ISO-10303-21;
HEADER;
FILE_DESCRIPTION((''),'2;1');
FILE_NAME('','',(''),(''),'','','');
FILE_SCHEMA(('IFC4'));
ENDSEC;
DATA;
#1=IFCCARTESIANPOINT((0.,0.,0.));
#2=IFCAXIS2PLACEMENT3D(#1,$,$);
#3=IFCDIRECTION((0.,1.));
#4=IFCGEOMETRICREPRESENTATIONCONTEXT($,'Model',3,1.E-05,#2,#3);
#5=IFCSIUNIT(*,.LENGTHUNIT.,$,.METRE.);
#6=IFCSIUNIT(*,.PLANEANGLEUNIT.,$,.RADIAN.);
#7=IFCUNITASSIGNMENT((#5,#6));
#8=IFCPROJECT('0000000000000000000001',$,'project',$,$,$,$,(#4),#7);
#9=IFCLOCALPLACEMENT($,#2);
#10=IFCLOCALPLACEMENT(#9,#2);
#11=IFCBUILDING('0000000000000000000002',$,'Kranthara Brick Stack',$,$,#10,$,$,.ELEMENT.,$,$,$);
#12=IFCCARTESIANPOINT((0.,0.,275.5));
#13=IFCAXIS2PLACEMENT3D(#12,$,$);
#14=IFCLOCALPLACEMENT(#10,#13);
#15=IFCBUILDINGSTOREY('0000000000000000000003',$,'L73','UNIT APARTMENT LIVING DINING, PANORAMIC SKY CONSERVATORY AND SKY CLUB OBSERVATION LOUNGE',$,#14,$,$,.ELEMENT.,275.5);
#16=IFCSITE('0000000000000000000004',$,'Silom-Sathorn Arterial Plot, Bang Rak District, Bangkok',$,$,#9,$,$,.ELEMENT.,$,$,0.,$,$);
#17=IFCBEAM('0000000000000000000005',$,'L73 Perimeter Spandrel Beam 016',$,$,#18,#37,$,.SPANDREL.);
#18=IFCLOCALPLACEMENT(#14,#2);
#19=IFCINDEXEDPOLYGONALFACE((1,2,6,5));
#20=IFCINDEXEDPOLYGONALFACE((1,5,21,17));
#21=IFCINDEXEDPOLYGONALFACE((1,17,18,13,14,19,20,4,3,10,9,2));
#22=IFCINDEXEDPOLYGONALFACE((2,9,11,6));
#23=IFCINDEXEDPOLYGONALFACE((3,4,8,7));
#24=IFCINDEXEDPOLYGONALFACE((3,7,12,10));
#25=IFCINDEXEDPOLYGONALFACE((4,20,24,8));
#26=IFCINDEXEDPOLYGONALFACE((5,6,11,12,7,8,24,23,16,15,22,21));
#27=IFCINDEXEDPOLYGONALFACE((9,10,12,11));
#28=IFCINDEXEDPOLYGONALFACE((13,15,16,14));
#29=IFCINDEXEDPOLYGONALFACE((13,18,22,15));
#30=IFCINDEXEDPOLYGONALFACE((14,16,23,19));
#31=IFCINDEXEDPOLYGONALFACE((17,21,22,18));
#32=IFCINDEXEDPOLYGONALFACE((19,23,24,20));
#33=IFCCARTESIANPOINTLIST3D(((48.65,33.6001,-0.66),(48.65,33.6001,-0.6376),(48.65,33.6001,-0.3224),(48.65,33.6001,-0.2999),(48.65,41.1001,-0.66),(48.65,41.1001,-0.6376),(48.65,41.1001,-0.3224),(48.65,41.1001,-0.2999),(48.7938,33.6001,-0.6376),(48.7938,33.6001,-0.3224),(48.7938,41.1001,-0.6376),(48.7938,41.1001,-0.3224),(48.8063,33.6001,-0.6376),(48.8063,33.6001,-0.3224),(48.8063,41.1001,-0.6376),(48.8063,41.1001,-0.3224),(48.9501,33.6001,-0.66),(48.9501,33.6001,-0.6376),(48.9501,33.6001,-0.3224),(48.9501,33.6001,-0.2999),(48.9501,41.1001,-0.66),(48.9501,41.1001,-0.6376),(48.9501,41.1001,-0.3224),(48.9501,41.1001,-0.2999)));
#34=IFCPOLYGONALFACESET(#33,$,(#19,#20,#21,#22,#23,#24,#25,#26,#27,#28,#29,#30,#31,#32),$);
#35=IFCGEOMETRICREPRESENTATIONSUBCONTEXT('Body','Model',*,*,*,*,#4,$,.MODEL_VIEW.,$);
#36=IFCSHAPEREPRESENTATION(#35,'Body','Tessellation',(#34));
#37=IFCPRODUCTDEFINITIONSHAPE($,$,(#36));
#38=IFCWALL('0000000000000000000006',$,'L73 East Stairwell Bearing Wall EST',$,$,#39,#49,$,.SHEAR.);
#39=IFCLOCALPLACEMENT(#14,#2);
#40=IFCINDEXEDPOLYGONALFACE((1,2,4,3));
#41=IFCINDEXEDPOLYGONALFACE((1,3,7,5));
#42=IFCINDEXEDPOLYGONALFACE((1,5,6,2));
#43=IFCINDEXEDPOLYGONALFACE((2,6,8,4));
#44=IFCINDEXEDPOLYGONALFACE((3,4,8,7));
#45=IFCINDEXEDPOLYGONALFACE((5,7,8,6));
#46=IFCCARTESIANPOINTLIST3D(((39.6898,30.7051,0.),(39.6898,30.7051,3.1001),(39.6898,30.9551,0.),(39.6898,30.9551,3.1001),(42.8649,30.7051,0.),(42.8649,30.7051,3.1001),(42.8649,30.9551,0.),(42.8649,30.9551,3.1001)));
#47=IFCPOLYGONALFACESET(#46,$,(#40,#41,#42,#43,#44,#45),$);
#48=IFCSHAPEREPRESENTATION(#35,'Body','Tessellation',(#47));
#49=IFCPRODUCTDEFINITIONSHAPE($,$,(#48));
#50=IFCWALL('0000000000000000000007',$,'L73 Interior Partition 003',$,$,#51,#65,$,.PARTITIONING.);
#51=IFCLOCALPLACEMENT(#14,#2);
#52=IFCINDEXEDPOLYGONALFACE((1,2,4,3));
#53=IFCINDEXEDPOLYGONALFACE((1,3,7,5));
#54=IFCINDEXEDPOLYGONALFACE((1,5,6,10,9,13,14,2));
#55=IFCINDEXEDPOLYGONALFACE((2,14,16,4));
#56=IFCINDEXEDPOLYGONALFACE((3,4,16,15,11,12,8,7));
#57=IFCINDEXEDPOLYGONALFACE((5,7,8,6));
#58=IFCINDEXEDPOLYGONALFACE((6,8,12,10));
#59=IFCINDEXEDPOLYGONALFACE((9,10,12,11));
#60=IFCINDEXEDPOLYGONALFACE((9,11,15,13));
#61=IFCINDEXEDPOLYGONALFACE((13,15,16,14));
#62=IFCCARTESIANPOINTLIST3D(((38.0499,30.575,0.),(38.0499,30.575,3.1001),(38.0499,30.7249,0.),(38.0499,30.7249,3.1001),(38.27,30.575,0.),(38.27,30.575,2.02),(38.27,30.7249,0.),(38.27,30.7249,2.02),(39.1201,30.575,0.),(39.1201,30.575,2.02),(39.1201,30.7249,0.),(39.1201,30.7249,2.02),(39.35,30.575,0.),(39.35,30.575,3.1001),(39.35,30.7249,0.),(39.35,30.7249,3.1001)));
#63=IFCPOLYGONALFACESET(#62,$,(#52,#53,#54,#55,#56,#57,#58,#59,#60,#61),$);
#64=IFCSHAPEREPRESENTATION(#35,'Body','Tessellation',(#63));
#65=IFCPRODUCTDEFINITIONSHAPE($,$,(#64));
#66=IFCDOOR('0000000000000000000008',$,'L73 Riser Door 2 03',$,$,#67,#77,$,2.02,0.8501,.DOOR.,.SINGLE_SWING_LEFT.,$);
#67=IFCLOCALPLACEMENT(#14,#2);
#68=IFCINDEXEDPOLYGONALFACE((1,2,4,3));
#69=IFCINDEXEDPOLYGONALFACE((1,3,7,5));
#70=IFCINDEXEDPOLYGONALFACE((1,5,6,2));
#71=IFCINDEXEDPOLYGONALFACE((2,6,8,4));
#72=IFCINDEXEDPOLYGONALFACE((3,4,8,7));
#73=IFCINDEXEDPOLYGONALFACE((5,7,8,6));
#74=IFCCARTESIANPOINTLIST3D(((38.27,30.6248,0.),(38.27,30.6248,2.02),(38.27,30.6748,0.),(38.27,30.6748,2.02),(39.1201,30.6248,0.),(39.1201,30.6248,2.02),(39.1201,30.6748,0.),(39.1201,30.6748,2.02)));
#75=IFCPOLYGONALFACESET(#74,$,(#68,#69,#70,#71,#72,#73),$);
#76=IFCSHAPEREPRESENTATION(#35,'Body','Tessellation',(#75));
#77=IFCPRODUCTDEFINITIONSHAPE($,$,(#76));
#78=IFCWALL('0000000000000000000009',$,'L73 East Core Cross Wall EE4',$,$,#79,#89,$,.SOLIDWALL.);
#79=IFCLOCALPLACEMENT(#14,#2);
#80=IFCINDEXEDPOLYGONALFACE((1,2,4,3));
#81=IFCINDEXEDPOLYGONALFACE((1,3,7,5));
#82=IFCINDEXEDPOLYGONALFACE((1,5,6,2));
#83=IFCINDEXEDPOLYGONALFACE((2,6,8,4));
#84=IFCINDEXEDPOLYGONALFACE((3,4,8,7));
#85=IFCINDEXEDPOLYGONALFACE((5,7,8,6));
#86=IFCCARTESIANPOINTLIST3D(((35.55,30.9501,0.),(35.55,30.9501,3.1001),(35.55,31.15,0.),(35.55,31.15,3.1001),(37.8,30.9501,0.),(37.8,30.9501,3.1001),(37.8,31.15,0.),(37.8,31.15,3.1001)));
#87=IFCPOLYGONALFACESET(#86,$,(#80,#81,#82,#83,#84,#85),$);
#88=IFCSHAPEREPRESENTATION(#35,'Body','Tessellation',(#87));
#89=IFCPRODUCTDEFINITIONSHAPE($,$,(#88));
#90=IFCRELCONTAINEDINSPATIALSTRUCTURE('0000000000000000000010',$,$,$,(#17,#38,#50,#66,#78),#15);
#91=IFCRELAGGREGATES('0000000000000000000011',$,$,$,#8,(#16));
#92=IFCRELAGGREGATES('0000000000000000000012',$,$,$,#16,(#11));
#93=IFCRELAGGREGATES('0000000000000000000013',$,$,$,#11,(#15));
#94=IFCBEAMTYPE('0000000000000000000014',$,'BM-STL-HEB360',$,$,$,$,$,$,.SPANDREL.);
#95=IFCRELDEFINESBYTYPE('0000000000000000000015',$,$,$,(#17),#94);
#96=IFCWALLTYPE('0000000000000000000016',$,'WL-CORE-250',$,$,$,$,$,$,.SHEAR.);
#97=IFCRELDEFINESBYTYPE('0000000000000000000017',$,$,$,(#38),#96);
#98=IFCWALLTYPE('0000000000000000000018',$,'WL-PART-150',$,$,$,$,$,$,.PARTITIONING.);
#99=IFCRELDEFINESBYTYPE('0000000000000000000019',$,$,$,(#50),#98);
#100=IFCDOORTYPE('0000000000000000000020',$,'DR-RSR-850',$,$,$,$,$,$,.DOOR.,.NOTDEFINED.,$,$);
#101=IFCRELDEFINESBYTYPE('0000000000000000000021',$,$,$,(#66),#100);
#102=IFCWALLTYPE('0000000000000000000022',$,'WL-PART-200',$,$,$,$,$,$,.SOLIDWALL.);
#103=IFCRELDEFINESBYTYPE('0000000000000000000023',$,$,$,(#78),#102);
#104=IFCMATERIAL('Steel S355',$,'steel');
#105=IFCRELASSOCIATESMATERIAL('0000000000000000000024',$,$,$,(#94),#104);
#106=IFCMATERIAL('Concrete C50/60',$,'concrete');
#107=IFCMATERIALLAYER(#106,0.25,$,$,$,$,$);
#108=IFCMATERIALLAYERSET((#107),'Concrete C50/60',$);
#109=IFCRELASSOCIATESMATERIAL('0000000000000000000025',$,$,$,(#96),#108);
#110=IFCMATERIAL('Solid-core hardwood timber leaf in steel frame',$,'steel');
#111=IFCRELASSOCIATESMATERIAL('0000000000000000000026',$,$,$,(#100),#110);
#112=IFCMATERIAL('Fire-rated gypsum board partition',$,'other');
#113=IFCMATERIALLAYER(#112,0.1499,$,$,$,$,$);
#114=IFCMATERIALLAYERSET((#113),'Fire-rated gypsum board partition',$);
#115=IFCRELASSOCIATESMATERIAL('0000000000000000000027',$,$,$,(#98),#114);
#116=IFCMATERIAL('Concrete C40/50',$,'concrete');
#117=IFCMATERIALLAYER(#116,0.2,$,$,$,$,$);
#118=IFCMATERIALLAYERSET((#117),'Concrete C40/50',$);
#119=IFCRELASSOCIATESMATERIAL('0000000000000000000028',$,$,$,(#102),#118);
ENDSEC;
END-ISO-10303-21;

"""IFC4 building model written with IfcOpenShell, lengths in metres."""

from ifc_helpers import new_model, si_unit, direction, frame, frame_2d, origin, origin_2d, place, context, subcontext, project, spatial, rectangle, i_section, extrude, material, layer, layer_set, material_profile, profile_set, type_object, element, fill, save


model = new_model("IFC4")

# Units and contexts
model_context = context("Model", 3, precision=1e-05, world=origin(), true_north=direction((0.0, 1.0)))
body_context = subcontext(model_context, "Body", "Model", "MODEL_VIEW")
ifc_project = project(units=[si_unit("LENGTHUNIT", "METRE"), si_unit("PLANEANGLEUNIT", "RADIAN")], contexts=[model_context])

# Site, building, storey
site_placement = place(None, origin())
site = spatial("IfcSite", under=ifc_project, at=site_placement, Name="Silom-Sathorn Arterial Plot, Bang Rak District, Bangkok", CompositionType="ELEMENT", RefElevation=0.0)
building_placement = place(site_placement, origin())
building = spatial("IfcBuilding", under=site, at=building_placement, Name="Kranthara Brick Stack", CompositionType="ELEMENT")
storey_placement = place(building_placement, frame((0.0, 0.0, 275.5)))
storey = spatial("IfcBuildingStorey", under=building, at=storey_placement, Name="L73", Description="UNIT APARTMENT LIVING DINING, PANORAMIC SKY CONSERVATORY AND SKY CLUB OBSERVATION LOUNGE", CompositionType="ELEMENT", Elevation=275.5)

# Beam
ifc_material_1 = material(Name="Steel S355", Category="steel")
ifc_material_profile_1 = material_profile(ifc_material_1, i_section(OverallWidth=0.3, OverallDepth=0.3601, WebThickness=0.0125, FlangeThickness=0.0225, at=origin_2d()), Name="HEB 360")
ifc_profile_set_1 = profile_set([ifc_material_profile_1], Name="Steel S355")
beam_type_1 = type_object("IfcBeamType", Name="BM-STL-HEB360", PredefinedType="SPANDREL", material=ifc_profile_set_1)
beam_1_placement = place(storey_placement, frame((48.8, 33.6001, -0.48), z_axis=(0.0, 1.0, 0.0), x_axis=(-1.0, 0.0, 0.0)))
element("IfcBeam", 1, at=beam_1_placement, inside=storey, type_object=beam_type_1, Name="L73 Perimeter Spandrel Beam 016", PredefinedType="SPANDREL", context=body_context, shape_type="SweptSolid", body=[
    extrude(i_section(OverallWidth=0.3, OverallDepth=0.3601, WebThickness=0.0125, FlangeThickness=0.0225, at=origin_2d()), origin(), (0.0, 0.0, 1.0), 7.5),
])

# Wall
ifc_material_2 = material(Name="Concrete C50/60", Category="concrete")
ifc_layer_1 = layer(ifc_material_2, 0.25)
ifc_layer_set_1 = layer_set([ifc_layer_1], Name="Concrete C50/60")
wall_type_1 = type_object("IfcWallType", Name="WL-CORE-250", PredefinedType="SHEAR", material=ifc_layer_set_1)
wall_1_placement = place(storey_placement, frame((39.6899, 30.8301, 0.0), z_axis=(0.0, 0.0, 1.0), x_axis=(1.0, 0.0, 0.0)))
element("IfcWall", 2, at=wall_1_placement, inside=storey, type_object=wall_type_1, Name="L73 East Stairwell Bearing Wall EST", PredefinedType="SHEAR", context=body_context, shape_type="SweptSolid", body=[
    extrude(rectangle(XDim=3.175, YDim=0.25, at=frame_2d((1.5874, 0.0))), origin(), (0.0, 0.0, 1.0), 3.1001),
])

# Shared definitions
ifc_material_3 = material(Name="Solid-core hardwood timber leaf in steel frame", Category="steel")
door_type_1 = type_object("IfcDoorType", Name="DR-RSR-850", OperationType="NOTDEFINED", PredefinedType="DOOR", material=ifc_material_3)

# Wall, opening, door
ifc_material_4 = material(Name="Fire-rated gypsum board partition", Category="other")
ifc_layer_2 = layer(ifc_material_4, 0.1499)
ifc_layer_set_2 = layer_set([ifc_layer_2], Name="Fire-rated gypsum board partition")
wall_type_2 = type_object("IfcWallType", Name="WL-PART-150", PredefinedType="PARTITIONING", material=ifc_layer_set_2)
wall_2_placement = place(storey_placement, frame((38.05, 30.6499, 0.0), z_axis=(0.0, 0.0, 1.0), x_axis=(1.0, 0.0, 0.0)))
wall_2 = element("IfcWall", 3, at=wall_2_placement, inside=storey, type_object=wall_type_2, Name="L73 Interior Partition 003", PredefinedType="PARTITIONING", context=body_context, shape_type="SweptSolid", body=[
    extrude(rectangle(XDim=1.3, YDim=0.1499, at=frame_2d((0.6499, 0.0))), origin(), (0.0, 0.0, 1.0), 3.1001),
])
opening_1_placement = place(wall_2_placement, frame((0.22, 0.0, 0.0)))
opening_1 = element("IfcOpeningElement", 4, at=opening_1_placement, cuts=wall_2, PredefinedType="OPENING", context=body_context, shape_type="SweptSolid", body=[
    extrude(rectangle(XDim=0.8501, YDim=2.02, at=frame_2d((0.425, 1.01))), frame((0.0, 0.085, 0.0), z_axis=(0.0, -1.0, 0.0), x_axis=(1.0, 0.0, 0.0)), (0.0, 0.0, 1.0), 0.1699),
])
door_1_placement = place(opening_1_placement, origin())
door_1 = element("IfcDoor", 5, at=door_1_placement, inside=storey, type_object=door_type_1, Name="L73 Riser Door 2 03", OperationType="SINGLE_SWING_LEFT", OverallHeight=2.02, OverallWidth=0.8501, PredefinedType="DOOR", context=body_context, shape_type="SweptSolid", body=[
    extrude(rectangle(XDim=0.8501, YDim=2.02, at=frame_2d((0.425, 1.01))), frame((0.0, 0.0249, 0.0), z_axis=(0.0, -1.0, 0.0), x_axis=(1.0, 0.0, 0.0)), (0.0, 0.0, 1.0), 0.05),
])
fill(opening_1, door_1)

# Wall
ifc_material_5 = material(Name="Concrete C40/50", Category="concrete")
ifc_layer_3 = layer(ifc_material_5, 0.2)
ifc_layer_set_3 = layer_set([ifc_layer_3], Name="Concrete C40/50")
wall_type_3 = type_object("IfcWallType", Name="WL-PART-200", PredefinedType="SOLIDWALL", material=ifc_layer_set_3)
wall_3_placement = place(storey_placement, frame((35.55, 31.05, 0.0), z_axis=(0.0, 0.0, 1.0), x_axis=(1.0, 0.0, 0.0)))
element("IfcWall", 6, at=wall_3_placement, inside=storey, type_object=wall_type_3, Name="L73 East Core Cross Wall EE4", PredefinedType="SOLIDWALL", context=body_context, shape_type="SweptSolid", body=[
    extrude(rectangle(XDim=2.25, YDim=0.2, at=frame_2d((1.125, 0.0))), origin(), (0.0, 0.0, 1.0), 3.1001),
])

save(model, "model.ifc")
